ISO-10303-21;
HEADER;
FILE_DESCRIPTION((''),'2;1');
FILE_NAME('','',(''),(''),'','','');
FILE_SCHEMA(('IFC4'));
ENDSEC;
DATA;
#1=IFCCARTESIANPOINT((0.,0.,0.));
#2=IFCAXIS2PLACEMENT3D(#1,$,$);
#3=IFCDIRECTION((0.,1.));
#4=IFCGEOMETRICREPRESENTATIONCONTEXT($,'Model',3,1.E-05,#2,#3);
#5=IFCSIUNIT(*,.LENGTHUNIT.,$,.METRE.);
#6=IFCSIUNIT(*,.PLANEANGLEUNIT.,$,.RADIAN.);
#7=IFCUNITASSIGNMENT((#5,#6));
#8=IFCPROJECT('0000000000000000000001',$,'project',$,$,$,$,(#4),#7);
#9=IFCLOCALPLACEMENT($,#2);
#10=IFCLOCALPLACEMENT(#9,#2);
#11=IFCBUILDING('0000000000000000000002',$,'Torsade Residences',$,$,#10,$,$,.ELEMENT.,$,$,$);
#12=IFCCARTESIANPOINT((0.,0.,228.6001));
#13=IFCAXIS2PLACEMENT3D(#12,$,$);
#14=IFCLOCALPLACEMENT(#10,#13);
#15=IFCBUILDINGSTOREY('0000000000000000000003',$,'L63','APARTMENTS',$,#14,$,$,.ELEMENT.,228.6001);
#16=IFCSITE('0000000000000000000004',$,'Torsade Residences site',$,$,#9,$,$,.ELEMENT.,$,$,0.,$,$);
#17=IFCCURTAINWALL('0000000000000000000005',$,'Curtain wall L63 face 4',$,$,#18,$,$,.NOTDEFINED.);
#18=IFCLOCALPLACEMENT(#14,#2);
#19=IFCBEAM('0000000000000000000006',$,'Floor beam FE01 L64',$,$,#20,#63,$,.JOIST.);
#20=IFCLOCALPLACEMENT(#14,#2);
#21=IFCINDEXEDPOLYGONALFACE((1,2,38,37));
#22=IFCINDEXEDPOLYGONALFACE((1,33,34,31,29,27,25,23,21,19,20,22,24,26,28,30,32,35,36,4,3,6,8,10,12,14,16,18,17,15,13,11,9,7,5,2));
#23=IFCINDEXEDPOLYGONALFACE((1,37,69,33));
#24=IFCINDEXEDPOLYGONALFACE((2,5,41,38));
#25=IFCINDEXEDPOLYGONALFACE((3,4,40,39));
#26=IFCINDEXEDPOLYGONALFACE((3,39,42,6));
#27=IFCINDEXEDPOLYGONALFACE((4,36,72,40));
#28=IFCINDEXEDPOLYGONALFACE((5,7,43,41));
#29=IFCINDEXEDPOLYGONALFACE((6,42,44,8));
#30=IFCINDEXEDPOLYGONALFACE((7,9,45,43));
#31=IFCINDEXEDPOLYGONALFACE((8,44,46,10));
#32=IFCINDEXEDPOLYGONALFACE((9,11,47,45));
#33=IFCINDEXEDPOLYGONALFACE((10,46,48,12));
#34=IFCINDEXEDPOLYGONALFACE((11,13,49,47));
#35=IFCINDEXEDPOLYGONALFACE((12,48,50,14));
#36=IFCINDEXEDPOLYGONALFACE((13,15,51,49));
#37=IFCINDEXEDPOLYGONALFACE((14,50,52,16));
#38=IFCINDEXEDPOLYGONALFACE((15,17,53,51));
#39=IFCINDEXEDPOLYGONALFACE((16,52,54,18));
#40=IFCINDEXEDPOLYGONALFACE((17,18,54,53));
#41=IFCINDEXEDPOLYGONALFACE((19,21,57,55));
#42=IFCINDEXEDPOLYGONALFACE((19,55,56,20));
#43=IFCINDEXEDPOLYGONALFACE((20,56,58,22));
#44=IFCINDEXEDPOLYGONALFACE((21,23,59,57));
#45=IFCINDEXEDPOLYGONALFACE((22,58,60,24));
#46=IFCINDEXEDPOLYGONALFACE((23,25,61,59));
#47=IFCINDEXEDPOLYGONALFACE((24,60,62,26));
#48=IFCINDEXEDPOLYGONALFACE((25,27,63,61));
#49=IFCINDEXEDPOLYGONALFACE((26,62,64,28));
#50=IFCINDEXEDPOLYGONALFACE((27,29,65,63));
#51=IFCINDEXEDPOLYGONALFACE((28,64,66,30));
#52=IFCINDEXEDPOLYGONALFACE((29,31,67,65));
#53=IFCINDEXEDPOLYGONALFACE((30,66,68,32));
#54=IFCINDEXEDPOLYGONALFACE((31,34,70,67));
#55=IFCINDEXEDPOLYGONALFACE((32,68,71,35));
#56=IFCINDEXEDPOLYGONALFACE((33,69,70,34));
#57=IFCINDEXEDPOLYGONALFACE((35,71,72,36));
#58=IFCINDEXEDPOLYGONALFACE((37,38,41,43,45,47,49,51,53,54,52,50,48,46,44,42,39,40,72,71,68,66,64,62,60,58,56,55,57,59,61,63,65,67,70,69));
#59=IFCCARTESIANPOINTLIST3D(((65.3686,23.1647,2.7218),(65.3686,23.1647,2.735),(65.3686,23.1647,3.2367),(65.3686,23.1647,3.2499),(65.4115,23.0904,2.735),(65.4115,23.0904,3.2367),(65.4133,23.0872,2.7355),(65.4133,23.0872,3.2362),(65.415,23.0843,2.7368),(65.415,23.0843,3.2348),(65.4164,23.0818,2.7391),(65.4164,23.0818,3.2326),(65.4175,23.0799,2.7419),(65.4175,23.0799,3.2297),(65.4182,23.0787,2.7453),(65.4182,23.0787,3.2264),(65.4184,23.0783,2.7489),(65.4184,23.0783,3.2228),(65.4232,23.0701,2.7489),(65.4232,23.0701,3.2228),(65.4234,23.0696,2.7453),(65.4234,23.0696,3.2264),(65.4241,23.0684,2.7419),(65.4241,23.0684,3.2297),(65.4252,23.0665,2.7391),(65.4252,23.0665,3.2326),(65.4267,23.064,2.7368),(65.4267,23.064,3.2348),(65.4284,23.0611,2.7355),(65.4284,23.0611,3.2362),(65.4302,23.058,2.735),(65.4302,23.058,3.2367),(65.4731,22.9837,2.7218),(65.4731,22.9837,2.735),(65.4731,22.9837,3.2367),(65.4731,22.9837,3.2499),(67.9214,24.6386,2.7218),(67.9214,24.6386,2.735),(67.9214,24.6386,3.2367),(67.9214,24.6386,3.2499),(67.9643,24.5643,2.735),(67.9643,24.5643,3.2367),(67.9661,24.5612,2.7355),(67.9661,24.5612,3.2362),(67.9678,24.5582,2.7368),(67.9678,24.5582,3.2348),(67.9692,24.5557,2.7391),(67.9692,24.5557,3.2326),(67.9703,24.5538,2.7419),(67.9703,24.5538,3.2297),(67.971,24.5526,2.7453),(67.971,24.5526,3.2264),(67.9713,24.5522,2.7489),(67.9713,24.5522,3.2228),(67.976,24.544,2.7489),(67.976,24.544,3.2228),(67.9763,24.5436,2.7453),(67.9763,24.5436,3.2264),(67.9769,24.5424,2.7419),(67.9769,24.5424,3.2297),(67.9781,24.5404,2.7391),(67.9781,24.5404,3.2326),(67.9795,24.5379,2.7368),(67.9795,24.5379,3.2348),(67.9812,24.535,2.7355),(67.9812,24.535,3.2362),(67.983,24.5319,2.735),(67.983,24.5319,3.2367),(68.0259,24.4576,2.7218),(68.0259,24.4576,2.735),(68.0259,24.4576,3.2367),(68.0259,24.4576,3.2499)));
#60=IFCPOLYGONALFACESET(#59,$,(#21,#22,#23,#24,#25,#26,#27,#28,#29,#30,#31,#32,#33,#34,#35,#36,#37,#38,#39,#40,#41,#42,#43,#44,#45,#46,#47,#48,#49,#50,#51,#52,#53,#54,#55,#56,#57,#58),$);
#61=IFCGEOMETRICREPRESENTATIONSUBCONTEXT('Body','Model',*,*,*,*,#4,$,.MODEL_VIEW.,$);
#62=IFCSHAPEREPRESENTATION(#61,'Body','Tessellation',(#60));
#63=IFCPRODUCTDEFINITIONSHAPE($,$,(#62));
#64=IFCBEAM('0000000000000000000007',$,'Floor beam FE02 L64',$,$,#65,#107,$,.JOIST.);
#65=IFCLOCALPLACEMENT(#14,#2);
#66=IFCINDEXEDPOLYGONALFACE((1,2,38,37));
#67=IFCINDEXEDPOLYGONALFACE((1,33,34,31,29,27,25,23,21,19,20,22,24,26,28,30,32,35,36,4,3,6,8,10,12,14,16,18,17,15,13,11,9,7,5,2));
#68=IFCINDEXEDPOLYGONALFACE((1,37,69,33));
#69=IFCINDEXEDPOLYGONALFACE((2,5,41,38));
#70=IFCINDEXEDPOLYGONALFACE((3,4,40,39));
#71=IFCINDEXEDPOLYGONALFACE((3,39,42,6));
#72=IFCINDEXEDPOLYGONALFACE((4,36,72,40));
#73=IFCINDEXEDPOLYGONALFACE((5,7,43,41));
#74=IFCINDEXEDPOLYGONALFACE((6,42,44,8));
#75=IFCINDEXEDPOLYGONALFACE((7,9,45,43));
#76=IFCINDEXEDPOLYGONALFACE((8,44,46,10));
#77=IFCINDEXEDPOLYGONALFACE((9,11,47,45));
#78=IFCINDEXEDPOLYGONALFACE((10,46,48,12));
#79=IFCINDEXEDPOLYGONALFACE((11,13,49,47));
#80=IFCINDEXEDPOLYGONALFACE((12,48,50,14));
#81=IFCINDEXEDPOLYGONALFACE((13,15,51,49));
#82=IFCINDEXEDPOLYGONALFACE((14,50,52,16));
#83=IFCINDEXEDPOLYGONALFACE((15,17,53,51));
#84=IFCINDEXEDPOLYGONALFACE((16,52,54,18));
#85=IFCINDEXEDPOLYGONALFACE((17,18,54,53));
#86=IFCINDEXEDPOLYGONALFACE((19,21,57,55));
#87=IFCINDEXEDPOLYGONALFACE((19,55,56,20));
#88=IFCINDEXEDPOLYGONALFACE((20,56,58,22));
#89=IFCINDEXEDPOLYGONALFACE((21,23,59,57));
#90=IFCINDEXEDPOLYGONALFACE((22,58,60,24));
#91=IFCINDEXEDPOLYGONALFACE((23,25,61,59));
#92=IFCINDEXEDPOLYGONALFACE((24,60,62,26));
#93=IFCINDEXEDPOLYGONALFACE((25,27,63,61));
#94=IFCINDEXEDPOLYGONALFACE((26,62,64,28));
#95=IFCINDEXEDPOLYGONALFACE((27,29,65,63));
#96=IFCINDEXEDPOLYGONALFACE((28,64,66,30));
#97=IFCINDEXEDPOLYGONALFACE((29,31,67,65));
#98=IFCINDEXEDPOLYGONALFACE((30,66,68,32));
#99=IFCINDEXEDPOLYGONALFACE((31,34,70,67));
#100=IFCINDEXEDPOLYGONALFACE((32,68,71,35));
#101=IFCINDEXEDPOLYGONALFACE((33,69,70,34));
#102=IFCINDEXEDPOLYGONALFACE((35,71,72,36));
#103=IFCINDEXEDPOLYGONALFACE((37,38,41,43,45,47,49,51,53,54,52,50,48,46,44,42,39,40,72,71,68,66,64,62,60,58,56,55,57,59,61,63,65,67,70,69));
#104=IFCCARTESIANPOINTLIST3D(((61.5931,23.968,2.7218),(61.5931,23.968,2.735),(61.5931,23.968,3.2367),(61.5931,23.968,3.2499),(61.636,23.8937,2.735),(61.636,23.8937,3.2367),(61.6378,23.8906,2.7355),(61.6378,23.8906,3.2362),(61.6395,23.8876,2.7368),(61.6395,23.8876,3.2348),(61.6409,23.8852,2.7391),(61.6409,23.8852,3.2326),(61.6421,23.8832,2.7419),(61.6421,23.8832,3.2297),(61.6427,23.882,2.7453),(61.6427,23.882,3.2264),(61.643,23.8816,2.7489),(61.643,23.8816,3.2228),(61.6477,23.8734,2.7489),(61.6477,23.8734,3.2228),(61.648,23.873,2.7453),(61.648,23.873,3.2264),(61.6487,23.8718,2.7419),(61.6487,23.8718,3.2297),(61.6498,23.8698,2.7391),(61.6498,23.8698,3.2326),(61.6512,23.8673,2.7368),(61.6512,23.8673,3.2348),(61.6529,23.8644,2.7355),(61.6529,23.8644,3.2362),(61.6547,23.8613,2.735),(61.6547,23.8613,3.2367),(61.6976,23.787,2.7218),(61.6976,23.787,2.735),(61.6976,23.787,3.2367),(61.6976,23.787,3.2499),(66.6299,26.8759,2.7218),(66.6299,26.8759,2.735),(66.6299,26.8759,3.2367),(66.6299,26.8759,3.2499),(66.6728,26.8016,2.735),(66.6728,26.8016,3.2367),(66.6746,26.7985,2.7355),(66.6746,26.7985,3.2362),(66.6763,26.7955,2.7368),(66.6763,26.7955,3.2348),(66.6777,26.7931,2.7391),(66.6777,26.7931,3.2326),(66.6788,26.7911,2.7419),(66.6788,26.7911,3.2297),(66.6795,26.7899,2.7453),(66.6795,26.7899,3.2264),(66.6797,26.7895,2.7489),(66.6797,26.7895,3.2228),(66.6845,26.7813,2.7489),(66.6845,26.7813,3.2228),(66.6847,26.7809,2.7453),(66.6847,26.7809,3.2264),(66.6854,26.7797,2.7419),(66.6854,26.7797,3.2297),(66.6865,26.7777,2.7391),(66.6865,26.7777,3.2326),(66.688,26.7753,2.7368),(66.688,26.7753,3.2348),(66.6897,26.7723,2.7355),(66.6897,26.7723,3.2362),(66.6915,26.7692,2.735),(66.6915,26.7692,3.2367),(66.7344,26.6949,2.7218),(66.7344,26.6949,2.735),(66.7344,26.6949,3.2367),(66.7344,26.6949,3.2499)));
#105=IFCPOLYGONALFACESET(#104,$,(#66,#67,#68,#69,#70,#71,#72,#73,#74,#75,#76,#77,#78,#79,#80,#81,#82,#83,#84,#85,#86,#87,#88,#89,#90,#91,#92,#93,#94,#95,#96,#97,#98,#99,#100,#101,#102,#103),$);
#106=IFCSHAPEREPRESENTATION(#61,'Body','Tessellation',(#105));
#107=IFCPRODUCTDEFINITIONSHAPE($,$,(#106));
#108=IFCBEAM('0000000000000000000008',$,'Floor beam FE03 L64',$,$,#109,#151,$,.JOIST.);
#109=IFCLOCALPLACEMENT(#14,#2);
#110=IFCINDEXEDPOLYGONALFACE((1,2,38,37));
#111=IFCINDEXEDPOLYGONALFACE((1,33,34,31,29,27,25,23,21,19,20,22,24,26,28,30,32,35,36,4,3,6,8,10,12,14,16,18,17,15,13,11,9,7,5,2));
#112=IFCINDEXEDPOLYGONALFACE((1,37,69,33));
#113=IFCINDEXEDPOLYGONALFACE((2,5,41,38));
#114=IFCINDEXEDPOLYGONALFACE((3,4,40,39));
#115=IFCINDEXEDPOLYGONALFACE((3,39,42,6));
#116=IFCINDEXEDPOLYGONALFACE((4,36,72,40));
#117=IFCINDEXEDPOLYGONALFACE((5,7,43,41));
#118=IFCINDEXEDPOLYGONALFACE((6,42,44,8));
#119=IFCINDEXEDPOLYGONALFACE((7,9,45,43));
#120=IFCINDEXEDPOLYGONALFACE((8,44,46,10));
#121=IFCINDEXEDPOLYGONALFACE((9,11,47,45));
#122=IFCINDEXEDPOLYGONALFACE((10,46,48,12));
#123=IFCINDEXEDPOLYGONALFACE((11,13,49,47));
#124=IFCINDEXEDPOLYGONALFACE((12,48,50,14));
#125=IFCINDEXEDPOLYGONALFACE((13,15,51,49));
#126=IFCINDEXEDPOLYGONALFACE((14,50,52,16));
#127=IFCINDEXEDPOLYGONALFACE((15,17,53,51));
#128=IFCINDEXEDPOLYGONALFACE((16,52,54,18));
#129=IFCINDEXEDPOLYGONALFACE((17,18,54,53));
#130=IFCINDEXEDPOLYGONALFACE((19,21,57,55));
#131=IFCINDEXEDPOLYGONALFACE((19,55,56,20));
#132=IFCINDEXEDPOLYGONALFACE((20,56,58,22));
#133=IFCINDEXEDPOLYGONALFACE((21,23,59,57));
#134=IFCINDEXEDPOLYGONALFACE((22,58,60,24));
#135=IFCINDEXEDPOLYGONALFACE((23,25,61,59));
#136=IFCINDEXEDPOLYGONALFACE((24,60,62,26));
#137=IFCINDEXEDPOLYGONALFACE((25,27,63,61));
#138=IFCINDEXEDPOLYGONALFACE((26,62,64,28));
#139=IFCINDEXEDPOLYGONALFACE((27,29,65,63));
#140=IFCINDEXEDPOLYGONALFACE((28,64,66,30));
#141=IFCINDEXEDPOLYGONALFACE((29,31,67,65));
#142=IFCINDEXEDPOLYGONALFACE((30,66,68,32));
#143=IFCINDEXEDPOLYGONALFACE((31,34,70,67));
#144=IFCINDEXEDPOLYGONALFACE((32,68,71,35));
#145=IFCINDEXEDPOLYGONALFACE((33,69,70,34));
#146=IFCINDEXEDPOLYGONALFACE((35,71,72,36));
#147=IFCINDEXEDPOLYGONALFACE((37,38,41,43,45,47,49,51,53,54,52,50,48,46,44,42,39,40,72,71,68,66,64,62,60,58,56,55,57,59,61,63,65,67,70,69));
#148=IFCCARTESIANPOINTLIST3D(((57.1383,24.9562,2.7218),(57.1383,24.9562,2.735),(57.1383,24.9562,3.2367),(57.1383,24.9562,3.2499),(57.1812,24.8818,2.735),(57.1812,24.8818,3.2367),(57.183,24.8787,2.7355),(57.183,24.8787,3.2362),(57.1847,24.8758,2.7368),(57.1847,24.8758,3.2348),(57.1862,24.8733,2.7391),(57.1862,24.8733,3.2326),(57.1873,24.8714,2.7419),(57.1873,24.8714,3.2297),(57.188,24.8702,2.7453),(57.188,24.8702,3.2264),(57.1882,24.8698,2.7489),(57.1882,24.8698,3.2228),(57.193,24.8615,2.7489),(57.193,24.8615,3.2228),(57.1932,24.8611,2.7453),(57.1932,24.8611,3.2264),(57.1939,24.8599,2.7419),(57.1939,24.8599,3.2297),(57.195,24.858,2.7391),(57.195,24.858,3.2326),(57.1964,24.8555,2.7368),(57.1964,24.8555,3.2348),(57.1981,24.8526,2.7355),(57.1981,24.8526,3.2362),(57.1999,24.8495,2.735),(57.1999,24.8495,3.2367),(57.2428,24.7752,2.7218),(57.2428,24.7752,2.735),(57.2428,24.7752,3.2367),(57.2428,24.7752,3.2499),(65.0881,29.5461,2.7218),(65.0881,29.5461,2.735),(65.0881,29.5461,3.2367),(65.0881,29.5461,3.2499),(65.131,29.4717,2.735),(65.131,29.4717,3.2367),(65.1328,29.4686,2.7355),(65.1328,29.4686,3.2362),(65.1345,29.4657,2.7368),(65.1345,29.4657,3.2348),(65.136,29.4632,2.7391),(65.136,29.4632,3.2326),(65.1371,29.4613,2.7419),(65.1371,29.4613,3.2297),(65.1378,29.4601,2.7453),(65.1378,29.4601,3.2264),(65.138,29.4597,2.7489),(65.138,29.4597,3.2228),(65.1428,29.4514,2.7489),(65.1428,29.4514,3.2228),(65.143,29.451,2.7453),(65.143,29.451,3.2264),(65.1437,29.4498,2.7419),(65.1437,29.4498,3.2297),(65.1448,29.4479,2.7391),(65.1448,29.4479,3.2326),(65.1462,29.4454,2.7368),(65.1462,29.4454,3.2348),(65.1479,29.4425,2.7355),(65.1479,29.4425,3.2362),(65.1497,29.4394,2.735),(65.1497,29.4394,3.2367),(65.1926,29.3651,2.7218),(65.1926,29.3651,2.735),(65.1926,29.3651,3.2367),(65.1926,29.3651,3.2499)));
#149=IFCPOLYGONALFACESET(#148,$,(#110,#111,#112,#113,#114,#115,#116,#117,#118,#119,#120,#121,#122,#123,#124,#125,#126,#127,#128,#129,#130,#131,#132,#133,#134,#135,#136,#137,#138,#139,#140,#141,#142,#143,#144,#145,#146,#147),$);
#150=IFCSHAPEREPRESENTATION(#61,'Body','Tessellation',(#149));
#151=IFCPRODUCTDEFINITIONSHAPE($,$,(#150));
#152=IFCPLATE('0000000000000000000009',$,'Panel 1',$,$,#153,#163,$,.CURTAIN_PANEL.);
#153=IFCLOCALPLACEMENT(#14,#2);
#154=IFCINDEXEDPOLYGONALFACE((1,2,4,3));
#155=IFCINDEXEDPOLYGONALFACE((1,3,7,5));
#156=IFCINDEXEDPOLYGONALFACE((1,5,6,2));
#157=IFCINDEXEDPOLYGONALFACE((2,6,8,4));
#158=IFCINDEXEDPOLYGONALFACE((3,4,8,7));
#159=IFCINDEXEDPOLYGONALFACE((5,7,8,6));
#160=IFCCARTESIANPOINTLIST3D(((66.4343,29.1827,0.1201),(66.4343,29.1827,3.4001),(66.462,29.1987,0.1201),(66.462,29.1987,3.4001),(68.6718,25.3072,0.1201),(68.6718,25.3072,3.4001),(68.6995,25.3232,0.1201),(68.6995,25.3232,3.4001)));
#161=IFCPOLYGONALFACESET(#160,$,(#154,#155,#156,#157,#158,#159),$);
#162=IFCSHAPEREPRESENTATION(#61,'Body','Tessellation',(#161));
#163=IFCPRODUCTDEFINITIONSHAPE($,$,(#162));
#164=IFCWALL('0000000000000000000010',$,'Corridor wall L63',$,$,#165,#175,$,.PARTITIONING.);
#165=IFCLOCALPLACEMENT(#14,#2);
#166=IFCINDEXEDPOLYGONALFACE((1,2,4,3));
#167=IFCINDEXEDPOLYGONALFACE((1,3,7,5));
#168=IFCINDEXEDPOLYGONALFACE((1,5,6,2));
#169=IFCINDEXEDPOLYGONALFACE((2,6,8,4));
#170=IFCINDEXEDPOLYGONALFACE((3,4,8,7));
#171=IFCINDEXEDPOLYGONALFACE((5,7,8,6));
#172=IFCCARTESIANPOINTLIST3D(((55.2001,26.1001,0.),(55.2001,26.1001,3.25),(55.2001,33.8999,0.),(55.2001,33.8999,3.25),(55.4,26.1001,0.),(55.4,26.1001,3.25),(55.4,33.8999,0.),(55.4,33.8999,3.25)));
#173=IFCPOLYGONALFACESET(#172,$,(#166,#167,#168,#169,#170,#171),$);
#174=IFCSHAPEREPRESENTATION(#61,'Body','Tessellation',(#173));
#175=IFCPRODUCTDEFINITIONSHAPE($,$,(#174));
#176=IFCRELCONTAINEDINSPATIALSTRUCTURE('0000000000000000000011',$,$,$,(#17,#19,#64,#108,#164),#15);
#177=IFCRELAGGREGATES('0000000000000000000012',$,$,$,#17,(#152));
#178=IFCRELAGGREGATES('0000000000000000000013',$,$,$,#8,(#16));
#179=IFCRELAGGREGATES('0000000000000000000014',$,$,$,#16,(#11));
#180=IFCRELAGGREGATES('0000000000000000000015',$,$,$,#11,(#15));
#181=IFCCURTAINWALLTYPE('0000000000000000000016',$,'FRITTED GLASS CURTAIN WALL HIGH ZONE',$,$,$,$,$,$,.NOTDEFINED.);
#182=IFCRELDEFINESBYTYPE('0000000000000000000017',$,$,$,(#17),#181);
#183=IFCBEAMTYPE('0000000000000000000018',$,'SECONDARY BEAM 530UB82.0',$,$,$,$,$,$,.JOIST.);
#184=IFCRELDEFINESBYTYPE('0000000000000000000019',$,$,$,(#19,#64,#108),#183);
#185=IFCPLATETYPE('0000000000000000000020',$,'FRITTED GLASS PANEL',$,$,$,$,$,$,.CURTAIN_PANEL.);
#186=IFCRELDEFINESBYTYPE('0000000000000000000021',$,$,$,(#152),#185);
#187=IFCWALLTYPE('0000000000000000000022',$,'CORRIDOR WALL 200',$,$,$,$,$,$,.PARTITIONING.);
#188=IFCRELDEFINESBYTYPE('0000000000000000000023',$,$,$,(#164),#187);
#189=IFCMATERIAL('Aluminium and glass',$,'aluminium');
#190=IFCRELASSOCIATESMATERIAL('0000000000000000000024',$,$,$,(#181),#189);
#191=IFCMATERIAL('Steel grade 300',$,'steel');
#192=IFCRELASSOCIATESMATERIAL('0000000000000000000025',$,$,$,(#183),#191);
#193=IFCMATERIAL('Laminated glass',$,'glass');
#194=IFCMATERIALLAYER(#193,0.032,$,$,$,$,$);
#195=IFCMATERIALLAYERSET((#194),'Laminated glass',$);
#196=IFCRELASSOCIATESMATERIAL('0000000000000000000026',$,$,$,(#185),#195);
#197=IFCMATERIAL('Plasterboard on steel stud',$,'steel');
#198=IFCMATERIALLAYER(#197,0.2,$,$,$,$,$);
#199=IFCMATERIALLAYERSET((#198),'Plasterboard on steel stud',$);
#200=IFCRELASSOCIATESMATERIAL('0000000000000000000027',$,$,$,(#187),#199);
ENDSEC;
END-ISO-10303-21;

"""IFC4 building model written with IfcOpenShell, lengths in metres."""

from ifc_helpers import new_model, si_unit, direction, frame, frame_2d, origin, origin_2d, place, context, subcontext, project, spatial, rectangle, i_section, extrude, material, layer, layer_set, material_profile, profile_set, type_object, element, aggregate, save


model = new_model("IFC4")

# Units and contexts
model_context = context("Model", 3, precision=1e-05, world=origin(), true_north=direction((0.0, 1.0)))
body_context = subcontext(model_context, "Body", "Model", "MODEL_VIEW")
ifc_project = project(units=[si_unit("LENGTHUNIT", "METRE"), si_unit("PLANEANGLEUNIT", "RADIAN")], contexts=[model_context])

# Site, building, storey
site_placement = place(None, origin())
site = spatial("IfcSite", under=ifc_project, at=site_placement, Name="Torsade Residences site", CompositionType="ELEMENT", RefElevation=0.0)
building_placement = place(site_placement, origin())
building = spatial("IfcBuilding", under=site, at=building_placement, Name="Torsade Residences", CompositionType="ELEMENT")
storey_placement = place(building_placement, frame((0.0, 0.0, 228.6001)))
storey = spatial("IfcBuildingStorey", under=building, at=storey_placement, Name="L63", Description="APARTMENTS", CompositionType="ELEMENT", Elevation=228.6001)

# Curtain wall
ifc_material_1 = material(Name="Aluminium and glass", Category="aluminium")
curtain_wall_type = type_object("IfcCurtainWallType", Name="FRITTED GLASS CURTAIN WALL HIGH ZONE", PredefinedType="NOTDEFINED", material=ifc_material_1)
curtain_wall_placement = place(storey_placement, origin())
curtain_wall = element("IfcCurtainWall", 1, at=curtain_wall_placement, inside=storey, type_object=curtain_wall_type, Name="Curtain wall L63 face 4", PredefinedType="NOTDEFINED")

# Beams
ifc_material_2 = material(Name="Steel grade 300", Category="steel")
ifc_material_profile_1 = material_profile(ifc_material_2, i_section(OverallWidth=0.209, OverallDepth=0.5281, WebThickness=0.0095, FlangeThickness=0.0132, FilletRadius=0.0139, at=origin_2d()), Name="530UB82.0")
ifc_profile_set_1 = profile_set([ifc_material_profile_1], Name="Steel grade 300")
beam_type_1 = type_object("IfcBeamType", Name="SECONDARY BEAM 530UB82.0", PredefinedType="JOIST", material=ifc_profile_set_1)
beam_1_placement = place(storey_placement, frame((67.9736, 24.5481, 2.9858), z_axis=(-0.866017, -0.500014, 0.0), x_axis=(0.500014, -0.866017, 0.0)))
element("IfcBeam", 2, at=beam_1_placement, inside=storey, type_object=beam_type_1, Name="Floor beam FE01 L64", PredefinedType="JOIST", context=body_context, shape_type="SweptSolid", body=[
    extrude(i_section(OverallWidth=0.209, OverallDepth=0.5281, WebThickness=0.0095, FlangeThickness=0.0132, FilletRadius=0.0139, at=origin_2d()), origin(), (0.0, 0.0, 1.0), 2.9478),
])
beam_2_placement = place(storey_placement, frame((66.6821, 26.7854, 2.9858), z_axis=(-0.866031, -0.49999, 0.0), x_axis=(0.49999, -0.866031, 0.0)))
element("IfcBeam", 3, at=beam_2_placement, inside=storey, type_object=beam_type_1, Name="Floor beam FE02 L64", PredefinedType="JOIST", context=body_context, shape_type="SweptSolid", body=[
    extrude(i_section(OverallWidth=0.209, OverallDepth=0.5281, WebThickness=0.0095, FlangeThickness=0.0132, FilletRadius=0.0139, at=origin_2d()), origin(), (0.0, 0.0, 1.0), 5.8159),
])
beam_3_placement = place(storey_placement, frame((65.1404, 29.4556, 2.9858), z_axis=(-0.866022, -0.500006, 0.0), x_axis=(0.500006, -0.866022, 0.0)))
element("IfcBeam", 4, at=beam_3_placement, inside=storey, type_object=beam_type_1, Name="Floor beam FE03 L64", PredefinedType="JOIST", context=body_context, shape_type="SweptSolid", body=[
    extrude(i_section(OverallWidth=0.209, OverallDepth=0.5281, WebThickness=0.0095, FlangeThickness=0.0132, FilletRadius=0.0139, at=origin_2d()), origin(), (0.0, 0.0, 1.0), 9.1797),
])

# Plate
ifc_material_3 = material(Name="Laminated glass", Category="glass")
ifc_layer_1 = layer(ifc_material_3, 0.032)
ifc_layer_set_1 = layer_set([ifc_layer_1], Name="Laminated glass")
plate_type = type_object("IfcPlateType", Name="FRITTED GLASS PANEL", PredefinedType="CURTAIN_PANEL", material=ifc_layer_set_1)
plate_placement = place(storey_placement, frame((67.5669, 27.2529, 0.1201), z_axis=(0.0, 0.0, 1.0), x_axis=(-0.5, 0.866025, 0.0)))
plate = element("IfcPlate", 5, at=plate_placement, type_object=plate_type, Name="Panel 1", PredefinedType="CURTAIN_PANEL", context=body_context, shape_type="SweptSolid", body=[
    extrude(rectangle(XDim=4.4751, YDim=0.032, at=origin_2d()), origin(), (0.0, 0.0, 1.0), 3.28),
])
aggregate(curtain_wall, [plate])

# Wall
ifc_material_4 = material(Name="Plasterboard on steel stud", Category="steel")
ifc_layer_2 = layer(ifc_material_4, 0.2)
ifc_layer_set_2 = layer_set([ifc_layer_2], Name="Plasterboard on steel stud")
wall_type_1 = type_object("IfcWallType", Name="CORRIDOR WALL 200", PredefinedType="PARTITIONING", material=ifc_layer_set_2)
wall_1_placement = place(storey_placement, frame((55.3, 26.1001, 0.0), z_axis=(0.0, 0.0, 1.0), x_axis=(0.0, 1.0, 0.0)))
element("IfcWall", 6, at=wall_1_placement, inside=storey, type_object=wall_type_1, Name="Corridor wall L63", PredefinedType="PARTITIONING", context=body_context, shape_type="SweptSolid", body=[
    extrude(rectangle(XDim=7.7998, YDim=0.2, at=frame_2d((3.8999, 0.0))), origin(), (0.0, 0.0, 1.0), 3.25),
])

save(model, "model.ifc")
